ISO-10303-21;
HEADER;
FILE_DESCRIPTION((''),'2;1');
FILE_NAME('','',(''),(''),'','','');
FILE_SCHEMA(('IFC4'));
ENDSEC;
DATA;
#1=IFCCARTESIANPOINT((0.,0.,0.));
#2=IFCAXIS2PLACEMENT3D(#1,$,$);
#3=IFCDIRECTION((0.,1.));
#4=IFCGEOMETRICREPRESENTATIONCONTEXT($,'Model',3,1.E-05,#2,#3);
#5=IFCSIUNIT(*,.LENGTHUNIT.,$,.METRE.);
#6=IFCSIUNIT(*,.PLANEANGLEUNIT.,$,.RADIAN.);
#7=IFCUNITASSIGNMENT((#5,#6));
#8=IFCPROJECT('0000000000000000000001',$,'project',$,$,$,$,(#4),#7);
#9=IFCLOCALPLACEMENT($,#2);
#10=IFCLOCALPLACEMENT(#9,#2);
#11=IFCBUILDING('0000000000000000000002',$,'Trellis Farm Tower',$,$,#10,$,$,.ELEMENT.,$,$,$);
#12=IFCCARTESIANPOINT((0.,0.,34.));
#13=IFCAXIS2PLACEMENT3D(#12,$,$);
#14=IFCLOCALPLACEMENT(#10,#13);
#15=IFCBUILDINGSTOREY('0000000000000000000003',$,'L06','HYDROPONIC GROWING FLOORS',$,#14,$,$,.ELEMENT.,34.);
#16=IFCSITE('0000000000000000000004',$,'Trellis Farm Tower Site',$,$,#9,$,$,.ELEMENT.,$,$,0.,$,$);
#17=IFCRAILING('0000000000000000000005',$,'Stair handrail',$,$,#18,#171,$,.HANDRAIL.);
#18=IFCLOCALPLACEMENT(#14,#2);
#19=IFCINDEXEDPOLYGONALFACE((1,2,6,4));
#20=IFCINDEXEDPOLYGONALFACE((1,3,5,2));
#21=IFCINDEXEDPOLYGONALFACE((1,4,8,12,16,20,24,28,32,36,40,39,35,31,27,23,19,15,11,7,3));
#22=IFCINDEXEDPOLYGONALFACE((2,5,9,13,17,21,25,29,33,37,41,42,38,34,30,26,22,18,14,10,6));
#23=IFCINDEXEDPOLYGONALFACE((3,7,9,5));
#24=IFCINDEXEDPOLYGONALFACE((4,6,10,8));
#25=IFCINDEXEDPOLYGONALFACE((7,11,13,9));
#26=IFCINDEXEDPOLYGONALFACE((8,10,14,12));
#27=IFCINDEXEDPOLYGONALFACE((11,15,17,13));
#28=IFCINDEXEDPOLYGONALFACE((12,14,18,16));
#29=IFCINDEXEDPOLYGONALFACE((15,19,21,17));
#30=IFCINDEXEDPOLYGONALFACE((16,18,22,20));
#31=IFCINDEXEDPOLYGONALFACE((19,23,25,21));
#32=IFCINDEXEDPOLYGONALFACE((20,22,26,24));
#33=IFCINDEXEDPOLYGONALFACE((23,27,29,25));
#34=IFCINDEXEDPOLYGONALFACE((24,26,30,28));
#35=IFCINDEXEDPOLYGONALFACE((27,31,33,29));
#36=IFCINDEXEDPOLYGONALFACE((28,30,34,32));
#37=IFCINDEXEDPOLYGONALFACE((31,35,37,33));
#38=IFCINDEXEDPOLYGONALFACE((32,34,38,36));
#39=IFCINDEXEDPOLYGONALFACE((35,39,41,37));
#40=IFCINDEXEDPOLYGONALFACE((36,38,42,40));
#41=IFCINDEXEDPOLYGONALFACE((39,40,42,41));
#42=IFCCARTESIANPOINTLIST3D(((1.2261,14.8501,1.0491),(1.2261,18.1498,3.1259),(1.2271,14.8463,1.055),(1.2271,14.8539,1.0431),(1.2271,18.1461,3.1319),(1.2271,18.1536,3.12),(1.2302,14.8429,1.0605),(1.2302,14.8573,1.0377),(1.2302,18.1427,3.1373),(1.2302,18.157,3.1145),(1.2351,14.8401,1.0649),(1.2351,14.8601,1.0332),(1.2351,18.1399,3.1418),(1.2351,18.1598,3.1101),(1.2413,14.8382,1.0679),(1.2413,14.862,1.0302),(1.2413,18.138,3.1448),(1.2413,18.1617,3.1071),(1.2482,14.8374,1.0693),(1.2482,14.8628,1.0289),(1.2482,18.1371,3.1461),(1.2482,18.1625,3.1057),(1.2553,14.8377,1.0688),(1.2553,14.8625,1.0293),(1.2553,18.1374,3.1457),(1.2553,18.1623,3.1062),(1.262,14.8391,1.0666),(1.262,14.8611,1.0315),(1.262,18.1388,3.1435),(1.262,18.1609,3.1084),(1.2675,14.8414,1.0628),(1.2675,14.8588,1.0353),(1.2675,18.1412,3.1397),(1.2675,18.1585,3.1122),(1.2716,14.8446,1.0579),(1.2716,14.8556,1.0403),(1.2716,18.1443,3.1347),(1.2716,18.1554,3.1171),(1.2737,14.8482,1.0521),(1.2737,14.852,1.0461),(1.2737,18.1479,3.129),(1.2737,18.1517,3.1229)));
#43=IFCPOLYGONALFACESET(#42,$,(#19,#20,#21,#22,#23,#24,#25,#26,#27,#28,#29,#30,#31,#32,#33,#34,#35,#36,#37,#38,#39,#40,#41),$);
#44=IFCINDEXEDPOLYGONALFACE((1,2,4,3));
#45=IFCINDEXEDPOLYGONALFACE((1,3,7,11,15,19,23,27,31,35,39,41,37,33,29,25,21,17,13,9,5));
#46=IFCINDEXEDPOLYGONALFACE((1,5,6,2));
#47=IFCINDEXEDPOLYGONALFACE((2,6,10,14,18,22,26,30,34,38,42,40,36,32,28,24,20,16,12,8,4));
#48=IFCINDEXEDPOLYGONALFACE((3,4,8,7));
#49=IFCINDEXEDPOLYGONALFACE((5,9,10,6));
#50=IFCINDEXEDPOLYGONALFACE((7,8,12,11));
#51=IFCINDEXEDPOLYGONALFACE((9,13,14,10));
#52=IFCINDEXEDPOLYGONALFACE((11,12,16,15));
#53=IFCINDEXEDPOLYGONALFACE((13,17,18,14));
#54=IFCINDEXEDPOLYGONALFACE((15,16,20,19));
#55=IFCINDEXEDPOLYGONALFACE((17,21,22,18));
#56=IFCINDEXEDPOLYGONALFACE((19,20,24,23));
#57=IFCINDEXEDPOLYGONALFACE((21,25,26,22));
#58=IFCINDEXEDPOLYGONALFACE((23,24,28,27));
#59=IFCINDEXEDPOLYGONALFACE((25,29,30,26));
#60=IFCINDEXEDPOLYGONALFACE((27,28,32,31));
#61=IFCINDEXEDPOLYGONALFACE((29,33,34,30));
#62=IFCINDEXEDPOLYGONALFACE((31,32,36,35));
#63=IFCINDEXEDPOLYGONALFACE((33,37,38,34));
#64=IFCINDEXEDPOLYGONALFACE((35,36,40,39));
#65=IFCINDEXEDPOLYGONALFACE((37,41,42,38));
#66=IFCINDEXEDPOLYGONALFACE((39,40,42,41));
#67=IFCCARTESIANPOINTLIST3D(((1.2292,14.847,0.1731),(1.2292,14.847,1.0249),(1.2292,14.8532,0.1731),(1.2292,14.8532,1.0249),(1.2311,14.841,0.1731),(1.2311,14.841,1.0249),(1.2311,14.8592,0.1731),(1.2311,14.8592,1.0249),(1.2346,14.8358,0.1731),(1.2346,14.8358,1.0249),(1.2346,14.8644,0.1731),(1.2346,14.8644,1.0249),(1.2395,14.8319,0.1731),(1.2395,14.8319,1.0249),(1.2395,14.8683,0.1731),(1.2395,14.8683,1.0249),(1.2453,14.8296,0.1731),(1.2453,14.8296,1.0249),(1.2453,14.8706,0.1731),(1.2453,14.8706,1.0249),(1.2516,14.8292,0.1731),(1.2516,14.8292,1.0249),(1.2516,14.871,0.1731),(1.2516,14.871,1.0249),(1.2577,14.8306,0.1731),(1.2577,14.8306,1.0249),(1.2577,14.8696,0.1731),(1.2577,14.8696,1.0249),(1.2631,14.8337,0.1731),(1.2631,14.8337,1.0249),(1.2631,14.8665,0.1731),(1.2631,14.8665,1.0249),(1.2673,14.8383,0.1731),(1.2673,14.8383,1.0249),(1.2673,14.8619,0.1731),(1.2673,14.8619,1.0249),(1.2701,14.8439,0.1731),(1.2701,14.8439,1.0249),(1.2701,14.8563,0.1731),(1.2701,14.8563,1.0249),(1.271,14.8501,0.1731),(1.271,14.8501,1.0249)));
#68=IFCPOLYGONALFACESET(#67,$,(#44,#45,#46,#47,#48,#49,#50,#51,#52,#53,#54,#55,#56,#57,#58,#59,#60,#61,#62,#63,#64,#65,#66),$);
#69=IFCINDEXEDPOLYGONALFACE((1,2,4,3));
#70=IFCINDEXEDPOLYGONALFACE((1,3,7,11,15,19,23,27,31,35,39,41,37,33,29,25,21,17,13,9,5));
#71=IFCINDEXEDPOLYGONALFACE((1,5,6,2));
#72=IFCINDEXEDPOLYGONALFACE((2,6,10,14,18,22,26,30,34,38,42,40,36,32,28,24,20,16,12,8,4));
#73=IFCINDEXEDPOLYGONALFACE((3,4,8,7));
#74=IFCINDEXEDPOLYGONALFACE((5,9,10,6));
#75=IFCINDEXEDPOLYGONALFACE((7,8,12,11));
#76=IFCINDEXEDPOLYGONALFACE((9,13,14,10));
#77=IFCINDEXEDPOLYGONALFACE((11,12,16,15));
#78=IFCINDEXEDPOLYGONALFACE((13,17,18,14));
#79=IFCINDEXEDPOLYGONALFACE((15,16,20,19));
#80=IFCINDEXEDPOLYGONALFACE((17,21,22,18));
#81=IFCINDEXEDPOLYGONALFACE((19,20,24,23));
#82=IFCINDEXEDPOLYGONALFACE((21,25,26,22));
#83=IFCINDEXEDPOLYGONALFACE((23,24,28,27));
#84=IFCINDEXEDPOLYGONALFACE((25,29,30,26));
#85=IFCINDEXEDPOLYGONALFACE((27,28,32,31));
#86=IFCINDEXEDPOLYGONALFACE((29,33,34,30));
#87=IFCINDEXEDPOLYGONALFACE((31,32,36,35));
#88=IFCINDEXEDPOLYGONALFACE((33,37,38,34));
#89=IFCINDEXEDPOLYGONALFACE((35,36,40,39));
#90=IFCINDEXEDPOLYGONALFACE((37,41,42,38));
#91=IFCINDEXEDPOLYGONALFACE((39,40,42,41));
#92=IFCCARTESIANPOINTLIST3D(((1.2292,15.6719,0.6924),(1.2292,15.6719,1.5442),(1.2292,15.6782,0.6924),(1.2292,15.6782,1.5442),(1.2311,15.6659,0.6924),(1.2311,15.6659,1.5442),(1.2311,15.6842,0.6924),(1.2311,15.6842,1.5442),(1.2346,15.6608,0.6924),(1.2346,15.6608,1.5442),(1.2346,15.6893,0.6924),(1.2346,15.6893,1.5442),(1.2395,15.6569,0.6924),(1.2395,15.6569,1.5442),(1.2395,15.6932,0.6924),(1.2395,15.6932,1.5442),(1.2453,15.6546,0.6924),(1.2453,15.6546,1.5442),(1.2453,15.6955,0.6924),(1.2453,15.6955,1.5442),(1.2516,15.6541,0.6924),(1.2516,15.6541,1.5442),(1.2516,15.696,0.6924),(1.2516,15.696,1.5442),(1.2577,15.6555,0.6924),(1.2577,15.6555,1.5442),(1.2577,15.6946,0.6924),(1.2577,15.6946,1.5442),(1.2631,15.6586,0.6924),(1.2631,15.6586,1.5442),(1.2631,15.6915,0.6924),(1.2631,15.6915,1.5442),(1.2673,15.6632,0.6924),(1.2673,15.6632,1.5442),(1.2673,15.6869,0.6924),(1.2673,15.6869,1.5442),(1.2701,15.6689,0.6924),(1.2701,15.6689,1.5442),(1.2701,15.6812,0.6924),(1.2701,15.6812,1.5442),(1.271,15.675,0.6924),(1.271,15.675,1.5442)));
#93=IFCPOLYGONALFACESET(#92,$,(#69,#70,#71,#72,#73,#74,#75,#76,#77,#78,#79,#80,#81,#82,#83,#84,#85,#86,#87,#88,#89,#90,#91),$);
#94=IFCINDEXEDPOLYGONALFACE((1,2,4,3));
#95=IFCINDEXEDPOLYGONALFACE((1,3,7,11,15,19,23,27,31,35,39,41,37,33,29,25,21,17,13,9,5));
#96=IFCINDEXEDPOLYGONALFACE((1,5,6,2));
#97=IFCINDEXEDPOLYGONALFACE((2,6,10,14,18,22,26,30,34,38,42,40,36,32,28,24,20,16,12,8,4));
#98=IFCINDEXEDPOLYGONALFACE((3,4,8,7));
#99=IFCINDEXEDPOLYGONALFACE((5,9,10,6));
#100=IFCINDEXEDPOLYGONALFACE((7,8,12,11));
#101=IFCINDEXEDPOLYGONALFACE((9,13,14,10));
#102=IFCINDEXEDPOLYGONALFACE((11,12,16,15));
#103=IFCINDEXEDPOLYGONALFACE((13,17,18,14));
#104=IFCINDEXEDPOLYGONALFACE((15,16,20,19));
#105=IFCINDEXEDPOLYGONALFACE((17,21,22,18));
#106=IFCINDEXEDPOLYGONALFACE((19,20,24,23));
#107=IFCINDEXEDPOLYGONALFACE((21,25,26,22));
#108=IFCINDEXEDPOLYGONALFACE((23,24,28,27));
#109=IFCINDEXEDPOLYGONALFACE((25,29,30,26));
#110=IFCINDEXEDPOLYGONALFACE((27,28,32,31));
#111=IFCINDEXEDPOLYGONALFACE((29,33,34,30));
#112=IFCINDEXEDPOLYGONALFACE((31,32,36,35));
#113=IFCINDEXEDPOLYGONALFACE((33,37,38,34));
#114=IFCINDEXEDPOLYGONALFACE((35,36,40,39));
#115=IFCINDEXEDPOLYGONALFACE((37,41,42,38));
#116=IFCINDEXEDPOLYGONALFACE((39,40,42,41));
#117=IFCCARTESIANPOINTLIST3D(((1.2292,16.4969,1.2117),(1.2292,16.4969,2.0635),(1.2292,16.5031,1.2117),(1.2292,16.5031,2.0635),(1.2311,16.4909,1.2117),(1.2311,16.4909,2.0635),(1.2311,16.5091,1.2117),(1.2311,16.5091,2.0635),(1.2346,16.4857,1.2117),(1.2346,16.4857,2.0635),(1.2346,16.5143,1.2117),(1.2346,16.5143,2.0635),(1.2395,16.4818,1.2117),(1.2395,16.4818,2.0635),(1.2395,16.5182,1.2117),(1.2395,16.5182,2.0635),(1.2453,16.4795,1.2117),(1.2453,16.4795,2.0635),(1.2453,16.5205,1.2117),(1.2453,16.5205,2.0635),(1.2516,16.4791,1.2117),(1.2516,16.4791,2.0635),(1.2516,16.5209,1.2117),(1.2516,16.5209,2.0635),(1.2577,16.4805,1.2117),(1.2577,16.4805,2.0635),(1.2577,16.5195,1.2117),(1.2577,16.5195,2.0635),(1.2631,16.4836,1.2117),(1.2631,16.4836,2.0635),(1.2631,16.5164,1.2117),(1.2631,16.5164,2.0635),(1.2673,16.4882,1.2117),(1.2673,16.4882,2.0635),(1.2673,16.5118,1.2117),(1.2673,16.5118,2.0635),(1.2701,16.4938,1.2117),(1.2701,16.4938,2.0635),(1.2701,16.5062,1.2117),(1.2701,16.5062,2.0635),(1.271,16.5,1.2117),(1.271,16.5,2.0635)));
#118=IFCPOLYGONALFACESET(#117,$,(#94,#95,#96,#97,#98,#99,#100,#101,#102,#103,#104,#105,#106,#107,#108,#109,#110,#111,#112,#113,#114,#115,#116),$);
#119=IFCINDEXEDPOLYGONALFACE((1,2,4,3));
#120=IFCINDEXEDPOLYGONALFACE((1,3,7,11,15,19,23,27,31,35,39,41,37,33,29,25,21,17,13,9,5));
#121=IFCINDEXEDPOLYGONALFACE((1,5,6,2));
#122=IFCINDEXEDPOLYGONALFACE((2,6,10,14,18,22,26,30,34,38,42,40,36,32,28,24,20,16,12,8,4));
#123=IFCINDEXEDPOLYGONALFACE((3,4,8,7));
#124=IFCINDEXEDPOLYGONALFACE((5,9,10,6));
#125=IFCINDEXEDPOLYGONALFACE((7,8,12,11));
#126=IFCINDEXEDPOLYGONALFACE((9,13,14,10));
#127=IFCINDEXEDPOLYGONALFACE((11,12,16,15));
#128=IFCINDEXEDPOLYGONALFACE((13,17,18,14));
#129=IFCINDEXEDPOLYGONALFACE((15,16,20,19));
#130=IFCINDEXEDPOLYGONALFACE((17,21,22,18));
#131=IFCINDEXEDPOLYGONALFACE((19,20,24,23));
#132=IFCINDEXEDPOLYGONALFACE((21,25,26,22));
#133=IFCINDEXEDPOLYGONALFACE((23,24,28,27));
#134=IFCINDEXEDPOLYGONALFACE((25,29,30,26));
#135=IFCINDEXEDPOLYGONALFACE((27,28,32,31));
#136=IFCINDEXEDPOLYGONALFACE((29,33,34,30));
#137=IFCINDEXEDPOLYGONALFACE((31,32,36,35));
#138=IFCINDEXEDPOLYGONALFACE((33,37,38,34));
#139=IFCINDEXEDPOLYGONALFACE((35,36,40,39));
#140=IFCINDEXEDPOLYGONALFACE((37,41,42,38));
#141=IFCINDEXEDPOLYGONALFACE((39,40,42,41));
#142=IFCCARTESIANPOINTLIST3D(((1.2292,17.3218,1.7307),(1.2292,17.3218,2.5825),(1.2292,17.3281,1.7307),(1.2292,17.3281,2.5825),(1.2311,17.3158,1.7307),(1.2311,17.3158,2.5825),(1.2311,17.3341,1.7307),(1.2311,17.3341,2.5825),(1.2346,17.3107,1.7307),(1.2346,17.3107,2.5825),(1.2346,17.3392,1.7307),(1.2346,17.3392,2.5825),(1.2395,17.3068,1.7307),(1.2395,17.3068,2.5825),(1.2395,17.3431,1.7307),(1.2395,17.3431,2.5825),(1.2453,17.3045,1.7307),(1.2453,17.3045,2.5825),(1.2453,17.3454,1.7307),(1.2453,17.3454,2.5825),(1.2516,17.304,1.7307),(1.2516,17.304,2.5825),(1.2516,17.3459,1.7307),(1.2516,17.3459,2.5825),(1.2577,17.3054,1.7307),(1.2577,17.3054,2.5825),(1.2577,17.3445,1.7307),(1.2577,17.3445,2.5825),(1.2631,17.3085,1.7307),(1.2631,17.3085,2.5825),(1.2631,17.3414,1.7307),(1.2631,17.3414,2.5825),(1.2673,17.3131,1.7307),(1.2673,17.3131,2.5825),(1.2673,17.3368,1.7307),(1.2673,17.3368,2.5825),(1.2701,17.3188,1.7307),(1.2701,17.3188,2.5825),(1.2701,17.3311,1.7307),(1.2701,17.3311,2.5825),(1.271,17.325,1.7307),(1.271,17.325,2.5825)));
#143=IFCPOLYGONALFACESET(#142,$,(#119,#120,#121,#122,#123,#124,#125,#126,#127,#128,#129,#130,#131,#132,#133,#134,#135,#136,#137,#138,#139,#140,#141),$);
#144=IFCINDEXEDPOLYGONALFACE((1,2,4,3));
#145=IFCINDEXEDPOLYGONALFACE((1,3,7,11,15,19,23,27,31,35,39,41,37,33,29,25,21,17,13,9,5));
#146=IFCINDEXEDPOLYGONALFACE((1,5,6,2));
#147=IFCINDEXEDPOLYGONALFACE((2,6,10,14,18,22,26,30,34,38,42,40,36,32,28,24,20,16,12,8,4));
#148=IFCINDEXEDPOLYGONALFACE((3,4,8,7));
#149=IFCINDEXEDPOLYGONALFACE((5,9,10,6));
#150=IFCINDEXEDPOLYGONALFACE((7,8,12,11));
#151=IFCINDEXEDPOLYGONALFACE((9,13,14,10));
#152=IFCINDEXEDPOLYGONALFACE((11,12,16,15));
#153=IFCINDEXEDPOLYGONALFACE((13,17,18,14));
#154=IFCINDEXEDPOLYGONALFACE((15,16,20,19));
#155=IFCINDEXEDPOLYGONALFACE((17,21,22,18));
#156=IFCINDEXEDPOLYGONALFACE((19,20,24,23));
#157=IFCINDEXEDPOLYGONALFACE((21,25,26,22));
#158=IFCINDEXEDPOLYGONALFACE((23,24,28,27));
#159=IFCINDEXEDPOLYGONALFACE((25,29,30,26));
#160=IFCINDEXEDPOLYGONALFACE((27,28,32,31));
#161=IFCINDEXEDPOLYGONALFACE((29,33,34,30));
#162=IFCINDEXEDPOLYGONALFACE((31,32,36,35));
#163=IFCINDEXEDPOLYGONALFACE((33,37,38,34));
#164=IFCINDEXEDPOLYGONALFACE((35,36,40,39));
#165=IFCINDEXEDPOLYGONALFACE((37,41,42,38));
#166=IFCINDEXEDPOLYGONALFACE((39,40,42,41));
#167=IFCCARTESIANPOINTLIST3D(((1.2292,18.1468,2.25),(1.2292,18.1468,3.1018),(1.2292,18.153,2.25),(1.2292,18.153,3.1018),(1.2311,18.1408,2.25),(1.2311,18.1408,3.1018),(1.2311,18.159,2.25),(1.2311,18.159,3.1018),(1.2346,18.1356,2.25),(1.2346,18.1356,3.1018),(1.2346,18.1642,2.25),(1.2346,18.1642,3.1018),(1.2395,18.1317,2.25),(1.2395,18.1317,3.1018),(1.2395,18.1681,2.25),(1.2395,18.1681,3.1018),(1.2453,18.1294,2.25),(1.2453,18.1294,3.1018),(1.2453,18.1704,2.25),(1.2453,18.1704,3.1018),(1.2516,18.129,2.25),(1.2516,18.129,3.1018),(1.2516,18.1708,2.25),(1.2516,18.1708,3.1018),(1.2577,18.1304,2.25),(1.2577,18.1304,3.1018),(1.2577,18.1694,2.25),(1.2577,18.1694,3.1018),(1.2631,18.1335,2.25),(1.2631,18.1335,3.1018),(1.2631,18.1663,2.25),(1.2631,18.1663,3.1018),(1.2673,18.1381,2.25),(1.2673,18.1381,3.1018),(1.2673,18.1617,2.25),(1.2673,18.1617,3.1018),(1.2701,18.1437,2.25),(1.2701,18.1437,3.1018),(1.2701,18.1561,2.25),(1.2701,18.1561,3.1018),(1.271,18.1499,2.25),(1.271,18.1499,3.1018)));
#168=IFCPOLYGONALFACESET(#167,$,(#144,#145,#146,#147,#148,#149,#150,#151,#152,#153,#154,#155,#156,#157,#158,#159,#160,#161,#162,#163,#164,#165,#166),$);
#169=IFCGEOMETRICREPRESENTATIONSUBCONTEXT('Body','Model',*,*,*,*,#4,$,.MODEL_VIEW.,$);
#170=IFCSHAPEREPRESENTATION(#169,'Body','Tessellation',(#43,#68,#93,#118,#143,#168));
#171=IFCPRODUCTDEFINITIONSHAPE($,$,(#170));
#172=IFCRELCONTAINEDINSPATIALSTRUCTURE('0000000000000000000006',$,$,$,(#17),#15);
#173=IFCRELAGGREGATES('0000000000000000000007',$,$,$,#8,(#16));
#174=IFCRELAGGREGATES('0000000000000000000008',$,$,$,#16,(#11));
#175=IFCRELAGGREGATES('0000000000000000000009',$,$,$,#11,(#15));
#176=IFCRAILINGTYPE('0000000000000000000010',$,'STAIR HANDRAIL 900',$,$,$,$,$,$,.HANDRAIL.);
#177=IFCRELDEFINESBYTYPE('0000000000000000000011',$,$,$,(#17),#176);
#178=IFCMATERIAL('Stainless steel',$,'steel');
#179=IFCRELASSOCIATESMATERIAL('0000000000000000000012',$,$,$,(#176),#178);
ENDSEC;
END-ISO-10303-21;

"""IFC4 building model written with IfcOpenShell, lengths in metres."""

from ifc_helpers import new_model, si_unit, direction, frame, origin, origin_2d, place, context, subcontext, project, spatial, circle, extrude, source, transform, mapped, material, type_object, element, save


model = new_model("IFC4")

# Units and contexts
model_context = context("Model", 3, precision=1e-05, world=origin(), true_north=direction((0.0, 1.0)))
body_context = subcontext(model_context, "Body", "Model", "MODEL_VIEW")
ifc_project = project(units=[si_unit("LENGTHUNIT", "METRE"), si_unit("PLANEANGLEUNIT", "RADIAN")], contexts=[model_context])

# Site, building, storey
site_placement = place(None, origin())
site = spatial("IfcSite", under=ifc_project, at=site_placement, Name="Trellis Farm Tower Site", CompositionType="ELEMENT", RefElevation=0.0)
building_placement = place(site_placement, origin())
building = spatial("IfcBuilding", under=site, at=building_placement, Name="Trellis Farm Tower", CompositionType="ELEMENT")
storey_placement = place(building_placement, frame((0.0, 0.0, 34.0)))
storey = spatial("IfcBuildingStorey", under=building, at=storey_placement, Name="L06", Description="HYDROPONIC GROWING FLOORS", CompositionType="ELEMENT", Elevation=34.0)

# Railing
ifc_material_1 = material(Name="Stainless steel", Category="steel")
railing_type = type_object("IfcRailingType", Name="STAIR HANDRAIL 900", PredefinedType="HANDRAIL", material=ifc_material_1)
shared_shape_1 = source(origin(), body_context, "Body", "SweptSolid", [
    extrude(circle(Radius=0.0239, at=origin_2d()), frame((0.0, 0.0, 0.876), z_axis=(0.0, 0.84632, 0.532675), x_axis=(-1.0, 0.0, 0.0)), (0.0, 0.0, 1.0), 3.8989),
    extrude(circle(Radius=0.021, at=origin_2d()), origin(), (0.0, 0.0, 1.0), 0.8518),
    extrude(circle(Radius=0.021, at=origin_2d()), frame((0.0, 0.825, 0.5193)), (0.0, 0.0, 1.0), 0.8518),
    extrude(circle(Radius=0.021, at=origin_2d()), frame((0.0, 1.6499, 1.0386)), (0.0, 0.0, 1.0), 0.8518),
    extrude(circle(Radius=0.021, at=origin_2d()), frame((0.0, 2.4749, 1.5576)), (0.0, 0.0, 1.0), 0.8518),
    extrude(circle(Radius=0.021, at=origin_2d()), frame((0.0, 3.2998, 2.0769)), (0.0, 0.0, 1.0), 0.8518),
])
railing_placement = place(storey_placement, frame((1.25, 14.8501, 0.1731)))
element("IfcRailing", 1, at=railing_placement, inside=storey, type_object=railing_type, Name="Stair handrail", PredefinedType="HANDRAIL", context=body_context, shape_type="MappedRepresentation", body=[
    mapped(shared_shape_1, transform((0.0, 0.0, 0.0))),
])

save(model, "model.ifc")
